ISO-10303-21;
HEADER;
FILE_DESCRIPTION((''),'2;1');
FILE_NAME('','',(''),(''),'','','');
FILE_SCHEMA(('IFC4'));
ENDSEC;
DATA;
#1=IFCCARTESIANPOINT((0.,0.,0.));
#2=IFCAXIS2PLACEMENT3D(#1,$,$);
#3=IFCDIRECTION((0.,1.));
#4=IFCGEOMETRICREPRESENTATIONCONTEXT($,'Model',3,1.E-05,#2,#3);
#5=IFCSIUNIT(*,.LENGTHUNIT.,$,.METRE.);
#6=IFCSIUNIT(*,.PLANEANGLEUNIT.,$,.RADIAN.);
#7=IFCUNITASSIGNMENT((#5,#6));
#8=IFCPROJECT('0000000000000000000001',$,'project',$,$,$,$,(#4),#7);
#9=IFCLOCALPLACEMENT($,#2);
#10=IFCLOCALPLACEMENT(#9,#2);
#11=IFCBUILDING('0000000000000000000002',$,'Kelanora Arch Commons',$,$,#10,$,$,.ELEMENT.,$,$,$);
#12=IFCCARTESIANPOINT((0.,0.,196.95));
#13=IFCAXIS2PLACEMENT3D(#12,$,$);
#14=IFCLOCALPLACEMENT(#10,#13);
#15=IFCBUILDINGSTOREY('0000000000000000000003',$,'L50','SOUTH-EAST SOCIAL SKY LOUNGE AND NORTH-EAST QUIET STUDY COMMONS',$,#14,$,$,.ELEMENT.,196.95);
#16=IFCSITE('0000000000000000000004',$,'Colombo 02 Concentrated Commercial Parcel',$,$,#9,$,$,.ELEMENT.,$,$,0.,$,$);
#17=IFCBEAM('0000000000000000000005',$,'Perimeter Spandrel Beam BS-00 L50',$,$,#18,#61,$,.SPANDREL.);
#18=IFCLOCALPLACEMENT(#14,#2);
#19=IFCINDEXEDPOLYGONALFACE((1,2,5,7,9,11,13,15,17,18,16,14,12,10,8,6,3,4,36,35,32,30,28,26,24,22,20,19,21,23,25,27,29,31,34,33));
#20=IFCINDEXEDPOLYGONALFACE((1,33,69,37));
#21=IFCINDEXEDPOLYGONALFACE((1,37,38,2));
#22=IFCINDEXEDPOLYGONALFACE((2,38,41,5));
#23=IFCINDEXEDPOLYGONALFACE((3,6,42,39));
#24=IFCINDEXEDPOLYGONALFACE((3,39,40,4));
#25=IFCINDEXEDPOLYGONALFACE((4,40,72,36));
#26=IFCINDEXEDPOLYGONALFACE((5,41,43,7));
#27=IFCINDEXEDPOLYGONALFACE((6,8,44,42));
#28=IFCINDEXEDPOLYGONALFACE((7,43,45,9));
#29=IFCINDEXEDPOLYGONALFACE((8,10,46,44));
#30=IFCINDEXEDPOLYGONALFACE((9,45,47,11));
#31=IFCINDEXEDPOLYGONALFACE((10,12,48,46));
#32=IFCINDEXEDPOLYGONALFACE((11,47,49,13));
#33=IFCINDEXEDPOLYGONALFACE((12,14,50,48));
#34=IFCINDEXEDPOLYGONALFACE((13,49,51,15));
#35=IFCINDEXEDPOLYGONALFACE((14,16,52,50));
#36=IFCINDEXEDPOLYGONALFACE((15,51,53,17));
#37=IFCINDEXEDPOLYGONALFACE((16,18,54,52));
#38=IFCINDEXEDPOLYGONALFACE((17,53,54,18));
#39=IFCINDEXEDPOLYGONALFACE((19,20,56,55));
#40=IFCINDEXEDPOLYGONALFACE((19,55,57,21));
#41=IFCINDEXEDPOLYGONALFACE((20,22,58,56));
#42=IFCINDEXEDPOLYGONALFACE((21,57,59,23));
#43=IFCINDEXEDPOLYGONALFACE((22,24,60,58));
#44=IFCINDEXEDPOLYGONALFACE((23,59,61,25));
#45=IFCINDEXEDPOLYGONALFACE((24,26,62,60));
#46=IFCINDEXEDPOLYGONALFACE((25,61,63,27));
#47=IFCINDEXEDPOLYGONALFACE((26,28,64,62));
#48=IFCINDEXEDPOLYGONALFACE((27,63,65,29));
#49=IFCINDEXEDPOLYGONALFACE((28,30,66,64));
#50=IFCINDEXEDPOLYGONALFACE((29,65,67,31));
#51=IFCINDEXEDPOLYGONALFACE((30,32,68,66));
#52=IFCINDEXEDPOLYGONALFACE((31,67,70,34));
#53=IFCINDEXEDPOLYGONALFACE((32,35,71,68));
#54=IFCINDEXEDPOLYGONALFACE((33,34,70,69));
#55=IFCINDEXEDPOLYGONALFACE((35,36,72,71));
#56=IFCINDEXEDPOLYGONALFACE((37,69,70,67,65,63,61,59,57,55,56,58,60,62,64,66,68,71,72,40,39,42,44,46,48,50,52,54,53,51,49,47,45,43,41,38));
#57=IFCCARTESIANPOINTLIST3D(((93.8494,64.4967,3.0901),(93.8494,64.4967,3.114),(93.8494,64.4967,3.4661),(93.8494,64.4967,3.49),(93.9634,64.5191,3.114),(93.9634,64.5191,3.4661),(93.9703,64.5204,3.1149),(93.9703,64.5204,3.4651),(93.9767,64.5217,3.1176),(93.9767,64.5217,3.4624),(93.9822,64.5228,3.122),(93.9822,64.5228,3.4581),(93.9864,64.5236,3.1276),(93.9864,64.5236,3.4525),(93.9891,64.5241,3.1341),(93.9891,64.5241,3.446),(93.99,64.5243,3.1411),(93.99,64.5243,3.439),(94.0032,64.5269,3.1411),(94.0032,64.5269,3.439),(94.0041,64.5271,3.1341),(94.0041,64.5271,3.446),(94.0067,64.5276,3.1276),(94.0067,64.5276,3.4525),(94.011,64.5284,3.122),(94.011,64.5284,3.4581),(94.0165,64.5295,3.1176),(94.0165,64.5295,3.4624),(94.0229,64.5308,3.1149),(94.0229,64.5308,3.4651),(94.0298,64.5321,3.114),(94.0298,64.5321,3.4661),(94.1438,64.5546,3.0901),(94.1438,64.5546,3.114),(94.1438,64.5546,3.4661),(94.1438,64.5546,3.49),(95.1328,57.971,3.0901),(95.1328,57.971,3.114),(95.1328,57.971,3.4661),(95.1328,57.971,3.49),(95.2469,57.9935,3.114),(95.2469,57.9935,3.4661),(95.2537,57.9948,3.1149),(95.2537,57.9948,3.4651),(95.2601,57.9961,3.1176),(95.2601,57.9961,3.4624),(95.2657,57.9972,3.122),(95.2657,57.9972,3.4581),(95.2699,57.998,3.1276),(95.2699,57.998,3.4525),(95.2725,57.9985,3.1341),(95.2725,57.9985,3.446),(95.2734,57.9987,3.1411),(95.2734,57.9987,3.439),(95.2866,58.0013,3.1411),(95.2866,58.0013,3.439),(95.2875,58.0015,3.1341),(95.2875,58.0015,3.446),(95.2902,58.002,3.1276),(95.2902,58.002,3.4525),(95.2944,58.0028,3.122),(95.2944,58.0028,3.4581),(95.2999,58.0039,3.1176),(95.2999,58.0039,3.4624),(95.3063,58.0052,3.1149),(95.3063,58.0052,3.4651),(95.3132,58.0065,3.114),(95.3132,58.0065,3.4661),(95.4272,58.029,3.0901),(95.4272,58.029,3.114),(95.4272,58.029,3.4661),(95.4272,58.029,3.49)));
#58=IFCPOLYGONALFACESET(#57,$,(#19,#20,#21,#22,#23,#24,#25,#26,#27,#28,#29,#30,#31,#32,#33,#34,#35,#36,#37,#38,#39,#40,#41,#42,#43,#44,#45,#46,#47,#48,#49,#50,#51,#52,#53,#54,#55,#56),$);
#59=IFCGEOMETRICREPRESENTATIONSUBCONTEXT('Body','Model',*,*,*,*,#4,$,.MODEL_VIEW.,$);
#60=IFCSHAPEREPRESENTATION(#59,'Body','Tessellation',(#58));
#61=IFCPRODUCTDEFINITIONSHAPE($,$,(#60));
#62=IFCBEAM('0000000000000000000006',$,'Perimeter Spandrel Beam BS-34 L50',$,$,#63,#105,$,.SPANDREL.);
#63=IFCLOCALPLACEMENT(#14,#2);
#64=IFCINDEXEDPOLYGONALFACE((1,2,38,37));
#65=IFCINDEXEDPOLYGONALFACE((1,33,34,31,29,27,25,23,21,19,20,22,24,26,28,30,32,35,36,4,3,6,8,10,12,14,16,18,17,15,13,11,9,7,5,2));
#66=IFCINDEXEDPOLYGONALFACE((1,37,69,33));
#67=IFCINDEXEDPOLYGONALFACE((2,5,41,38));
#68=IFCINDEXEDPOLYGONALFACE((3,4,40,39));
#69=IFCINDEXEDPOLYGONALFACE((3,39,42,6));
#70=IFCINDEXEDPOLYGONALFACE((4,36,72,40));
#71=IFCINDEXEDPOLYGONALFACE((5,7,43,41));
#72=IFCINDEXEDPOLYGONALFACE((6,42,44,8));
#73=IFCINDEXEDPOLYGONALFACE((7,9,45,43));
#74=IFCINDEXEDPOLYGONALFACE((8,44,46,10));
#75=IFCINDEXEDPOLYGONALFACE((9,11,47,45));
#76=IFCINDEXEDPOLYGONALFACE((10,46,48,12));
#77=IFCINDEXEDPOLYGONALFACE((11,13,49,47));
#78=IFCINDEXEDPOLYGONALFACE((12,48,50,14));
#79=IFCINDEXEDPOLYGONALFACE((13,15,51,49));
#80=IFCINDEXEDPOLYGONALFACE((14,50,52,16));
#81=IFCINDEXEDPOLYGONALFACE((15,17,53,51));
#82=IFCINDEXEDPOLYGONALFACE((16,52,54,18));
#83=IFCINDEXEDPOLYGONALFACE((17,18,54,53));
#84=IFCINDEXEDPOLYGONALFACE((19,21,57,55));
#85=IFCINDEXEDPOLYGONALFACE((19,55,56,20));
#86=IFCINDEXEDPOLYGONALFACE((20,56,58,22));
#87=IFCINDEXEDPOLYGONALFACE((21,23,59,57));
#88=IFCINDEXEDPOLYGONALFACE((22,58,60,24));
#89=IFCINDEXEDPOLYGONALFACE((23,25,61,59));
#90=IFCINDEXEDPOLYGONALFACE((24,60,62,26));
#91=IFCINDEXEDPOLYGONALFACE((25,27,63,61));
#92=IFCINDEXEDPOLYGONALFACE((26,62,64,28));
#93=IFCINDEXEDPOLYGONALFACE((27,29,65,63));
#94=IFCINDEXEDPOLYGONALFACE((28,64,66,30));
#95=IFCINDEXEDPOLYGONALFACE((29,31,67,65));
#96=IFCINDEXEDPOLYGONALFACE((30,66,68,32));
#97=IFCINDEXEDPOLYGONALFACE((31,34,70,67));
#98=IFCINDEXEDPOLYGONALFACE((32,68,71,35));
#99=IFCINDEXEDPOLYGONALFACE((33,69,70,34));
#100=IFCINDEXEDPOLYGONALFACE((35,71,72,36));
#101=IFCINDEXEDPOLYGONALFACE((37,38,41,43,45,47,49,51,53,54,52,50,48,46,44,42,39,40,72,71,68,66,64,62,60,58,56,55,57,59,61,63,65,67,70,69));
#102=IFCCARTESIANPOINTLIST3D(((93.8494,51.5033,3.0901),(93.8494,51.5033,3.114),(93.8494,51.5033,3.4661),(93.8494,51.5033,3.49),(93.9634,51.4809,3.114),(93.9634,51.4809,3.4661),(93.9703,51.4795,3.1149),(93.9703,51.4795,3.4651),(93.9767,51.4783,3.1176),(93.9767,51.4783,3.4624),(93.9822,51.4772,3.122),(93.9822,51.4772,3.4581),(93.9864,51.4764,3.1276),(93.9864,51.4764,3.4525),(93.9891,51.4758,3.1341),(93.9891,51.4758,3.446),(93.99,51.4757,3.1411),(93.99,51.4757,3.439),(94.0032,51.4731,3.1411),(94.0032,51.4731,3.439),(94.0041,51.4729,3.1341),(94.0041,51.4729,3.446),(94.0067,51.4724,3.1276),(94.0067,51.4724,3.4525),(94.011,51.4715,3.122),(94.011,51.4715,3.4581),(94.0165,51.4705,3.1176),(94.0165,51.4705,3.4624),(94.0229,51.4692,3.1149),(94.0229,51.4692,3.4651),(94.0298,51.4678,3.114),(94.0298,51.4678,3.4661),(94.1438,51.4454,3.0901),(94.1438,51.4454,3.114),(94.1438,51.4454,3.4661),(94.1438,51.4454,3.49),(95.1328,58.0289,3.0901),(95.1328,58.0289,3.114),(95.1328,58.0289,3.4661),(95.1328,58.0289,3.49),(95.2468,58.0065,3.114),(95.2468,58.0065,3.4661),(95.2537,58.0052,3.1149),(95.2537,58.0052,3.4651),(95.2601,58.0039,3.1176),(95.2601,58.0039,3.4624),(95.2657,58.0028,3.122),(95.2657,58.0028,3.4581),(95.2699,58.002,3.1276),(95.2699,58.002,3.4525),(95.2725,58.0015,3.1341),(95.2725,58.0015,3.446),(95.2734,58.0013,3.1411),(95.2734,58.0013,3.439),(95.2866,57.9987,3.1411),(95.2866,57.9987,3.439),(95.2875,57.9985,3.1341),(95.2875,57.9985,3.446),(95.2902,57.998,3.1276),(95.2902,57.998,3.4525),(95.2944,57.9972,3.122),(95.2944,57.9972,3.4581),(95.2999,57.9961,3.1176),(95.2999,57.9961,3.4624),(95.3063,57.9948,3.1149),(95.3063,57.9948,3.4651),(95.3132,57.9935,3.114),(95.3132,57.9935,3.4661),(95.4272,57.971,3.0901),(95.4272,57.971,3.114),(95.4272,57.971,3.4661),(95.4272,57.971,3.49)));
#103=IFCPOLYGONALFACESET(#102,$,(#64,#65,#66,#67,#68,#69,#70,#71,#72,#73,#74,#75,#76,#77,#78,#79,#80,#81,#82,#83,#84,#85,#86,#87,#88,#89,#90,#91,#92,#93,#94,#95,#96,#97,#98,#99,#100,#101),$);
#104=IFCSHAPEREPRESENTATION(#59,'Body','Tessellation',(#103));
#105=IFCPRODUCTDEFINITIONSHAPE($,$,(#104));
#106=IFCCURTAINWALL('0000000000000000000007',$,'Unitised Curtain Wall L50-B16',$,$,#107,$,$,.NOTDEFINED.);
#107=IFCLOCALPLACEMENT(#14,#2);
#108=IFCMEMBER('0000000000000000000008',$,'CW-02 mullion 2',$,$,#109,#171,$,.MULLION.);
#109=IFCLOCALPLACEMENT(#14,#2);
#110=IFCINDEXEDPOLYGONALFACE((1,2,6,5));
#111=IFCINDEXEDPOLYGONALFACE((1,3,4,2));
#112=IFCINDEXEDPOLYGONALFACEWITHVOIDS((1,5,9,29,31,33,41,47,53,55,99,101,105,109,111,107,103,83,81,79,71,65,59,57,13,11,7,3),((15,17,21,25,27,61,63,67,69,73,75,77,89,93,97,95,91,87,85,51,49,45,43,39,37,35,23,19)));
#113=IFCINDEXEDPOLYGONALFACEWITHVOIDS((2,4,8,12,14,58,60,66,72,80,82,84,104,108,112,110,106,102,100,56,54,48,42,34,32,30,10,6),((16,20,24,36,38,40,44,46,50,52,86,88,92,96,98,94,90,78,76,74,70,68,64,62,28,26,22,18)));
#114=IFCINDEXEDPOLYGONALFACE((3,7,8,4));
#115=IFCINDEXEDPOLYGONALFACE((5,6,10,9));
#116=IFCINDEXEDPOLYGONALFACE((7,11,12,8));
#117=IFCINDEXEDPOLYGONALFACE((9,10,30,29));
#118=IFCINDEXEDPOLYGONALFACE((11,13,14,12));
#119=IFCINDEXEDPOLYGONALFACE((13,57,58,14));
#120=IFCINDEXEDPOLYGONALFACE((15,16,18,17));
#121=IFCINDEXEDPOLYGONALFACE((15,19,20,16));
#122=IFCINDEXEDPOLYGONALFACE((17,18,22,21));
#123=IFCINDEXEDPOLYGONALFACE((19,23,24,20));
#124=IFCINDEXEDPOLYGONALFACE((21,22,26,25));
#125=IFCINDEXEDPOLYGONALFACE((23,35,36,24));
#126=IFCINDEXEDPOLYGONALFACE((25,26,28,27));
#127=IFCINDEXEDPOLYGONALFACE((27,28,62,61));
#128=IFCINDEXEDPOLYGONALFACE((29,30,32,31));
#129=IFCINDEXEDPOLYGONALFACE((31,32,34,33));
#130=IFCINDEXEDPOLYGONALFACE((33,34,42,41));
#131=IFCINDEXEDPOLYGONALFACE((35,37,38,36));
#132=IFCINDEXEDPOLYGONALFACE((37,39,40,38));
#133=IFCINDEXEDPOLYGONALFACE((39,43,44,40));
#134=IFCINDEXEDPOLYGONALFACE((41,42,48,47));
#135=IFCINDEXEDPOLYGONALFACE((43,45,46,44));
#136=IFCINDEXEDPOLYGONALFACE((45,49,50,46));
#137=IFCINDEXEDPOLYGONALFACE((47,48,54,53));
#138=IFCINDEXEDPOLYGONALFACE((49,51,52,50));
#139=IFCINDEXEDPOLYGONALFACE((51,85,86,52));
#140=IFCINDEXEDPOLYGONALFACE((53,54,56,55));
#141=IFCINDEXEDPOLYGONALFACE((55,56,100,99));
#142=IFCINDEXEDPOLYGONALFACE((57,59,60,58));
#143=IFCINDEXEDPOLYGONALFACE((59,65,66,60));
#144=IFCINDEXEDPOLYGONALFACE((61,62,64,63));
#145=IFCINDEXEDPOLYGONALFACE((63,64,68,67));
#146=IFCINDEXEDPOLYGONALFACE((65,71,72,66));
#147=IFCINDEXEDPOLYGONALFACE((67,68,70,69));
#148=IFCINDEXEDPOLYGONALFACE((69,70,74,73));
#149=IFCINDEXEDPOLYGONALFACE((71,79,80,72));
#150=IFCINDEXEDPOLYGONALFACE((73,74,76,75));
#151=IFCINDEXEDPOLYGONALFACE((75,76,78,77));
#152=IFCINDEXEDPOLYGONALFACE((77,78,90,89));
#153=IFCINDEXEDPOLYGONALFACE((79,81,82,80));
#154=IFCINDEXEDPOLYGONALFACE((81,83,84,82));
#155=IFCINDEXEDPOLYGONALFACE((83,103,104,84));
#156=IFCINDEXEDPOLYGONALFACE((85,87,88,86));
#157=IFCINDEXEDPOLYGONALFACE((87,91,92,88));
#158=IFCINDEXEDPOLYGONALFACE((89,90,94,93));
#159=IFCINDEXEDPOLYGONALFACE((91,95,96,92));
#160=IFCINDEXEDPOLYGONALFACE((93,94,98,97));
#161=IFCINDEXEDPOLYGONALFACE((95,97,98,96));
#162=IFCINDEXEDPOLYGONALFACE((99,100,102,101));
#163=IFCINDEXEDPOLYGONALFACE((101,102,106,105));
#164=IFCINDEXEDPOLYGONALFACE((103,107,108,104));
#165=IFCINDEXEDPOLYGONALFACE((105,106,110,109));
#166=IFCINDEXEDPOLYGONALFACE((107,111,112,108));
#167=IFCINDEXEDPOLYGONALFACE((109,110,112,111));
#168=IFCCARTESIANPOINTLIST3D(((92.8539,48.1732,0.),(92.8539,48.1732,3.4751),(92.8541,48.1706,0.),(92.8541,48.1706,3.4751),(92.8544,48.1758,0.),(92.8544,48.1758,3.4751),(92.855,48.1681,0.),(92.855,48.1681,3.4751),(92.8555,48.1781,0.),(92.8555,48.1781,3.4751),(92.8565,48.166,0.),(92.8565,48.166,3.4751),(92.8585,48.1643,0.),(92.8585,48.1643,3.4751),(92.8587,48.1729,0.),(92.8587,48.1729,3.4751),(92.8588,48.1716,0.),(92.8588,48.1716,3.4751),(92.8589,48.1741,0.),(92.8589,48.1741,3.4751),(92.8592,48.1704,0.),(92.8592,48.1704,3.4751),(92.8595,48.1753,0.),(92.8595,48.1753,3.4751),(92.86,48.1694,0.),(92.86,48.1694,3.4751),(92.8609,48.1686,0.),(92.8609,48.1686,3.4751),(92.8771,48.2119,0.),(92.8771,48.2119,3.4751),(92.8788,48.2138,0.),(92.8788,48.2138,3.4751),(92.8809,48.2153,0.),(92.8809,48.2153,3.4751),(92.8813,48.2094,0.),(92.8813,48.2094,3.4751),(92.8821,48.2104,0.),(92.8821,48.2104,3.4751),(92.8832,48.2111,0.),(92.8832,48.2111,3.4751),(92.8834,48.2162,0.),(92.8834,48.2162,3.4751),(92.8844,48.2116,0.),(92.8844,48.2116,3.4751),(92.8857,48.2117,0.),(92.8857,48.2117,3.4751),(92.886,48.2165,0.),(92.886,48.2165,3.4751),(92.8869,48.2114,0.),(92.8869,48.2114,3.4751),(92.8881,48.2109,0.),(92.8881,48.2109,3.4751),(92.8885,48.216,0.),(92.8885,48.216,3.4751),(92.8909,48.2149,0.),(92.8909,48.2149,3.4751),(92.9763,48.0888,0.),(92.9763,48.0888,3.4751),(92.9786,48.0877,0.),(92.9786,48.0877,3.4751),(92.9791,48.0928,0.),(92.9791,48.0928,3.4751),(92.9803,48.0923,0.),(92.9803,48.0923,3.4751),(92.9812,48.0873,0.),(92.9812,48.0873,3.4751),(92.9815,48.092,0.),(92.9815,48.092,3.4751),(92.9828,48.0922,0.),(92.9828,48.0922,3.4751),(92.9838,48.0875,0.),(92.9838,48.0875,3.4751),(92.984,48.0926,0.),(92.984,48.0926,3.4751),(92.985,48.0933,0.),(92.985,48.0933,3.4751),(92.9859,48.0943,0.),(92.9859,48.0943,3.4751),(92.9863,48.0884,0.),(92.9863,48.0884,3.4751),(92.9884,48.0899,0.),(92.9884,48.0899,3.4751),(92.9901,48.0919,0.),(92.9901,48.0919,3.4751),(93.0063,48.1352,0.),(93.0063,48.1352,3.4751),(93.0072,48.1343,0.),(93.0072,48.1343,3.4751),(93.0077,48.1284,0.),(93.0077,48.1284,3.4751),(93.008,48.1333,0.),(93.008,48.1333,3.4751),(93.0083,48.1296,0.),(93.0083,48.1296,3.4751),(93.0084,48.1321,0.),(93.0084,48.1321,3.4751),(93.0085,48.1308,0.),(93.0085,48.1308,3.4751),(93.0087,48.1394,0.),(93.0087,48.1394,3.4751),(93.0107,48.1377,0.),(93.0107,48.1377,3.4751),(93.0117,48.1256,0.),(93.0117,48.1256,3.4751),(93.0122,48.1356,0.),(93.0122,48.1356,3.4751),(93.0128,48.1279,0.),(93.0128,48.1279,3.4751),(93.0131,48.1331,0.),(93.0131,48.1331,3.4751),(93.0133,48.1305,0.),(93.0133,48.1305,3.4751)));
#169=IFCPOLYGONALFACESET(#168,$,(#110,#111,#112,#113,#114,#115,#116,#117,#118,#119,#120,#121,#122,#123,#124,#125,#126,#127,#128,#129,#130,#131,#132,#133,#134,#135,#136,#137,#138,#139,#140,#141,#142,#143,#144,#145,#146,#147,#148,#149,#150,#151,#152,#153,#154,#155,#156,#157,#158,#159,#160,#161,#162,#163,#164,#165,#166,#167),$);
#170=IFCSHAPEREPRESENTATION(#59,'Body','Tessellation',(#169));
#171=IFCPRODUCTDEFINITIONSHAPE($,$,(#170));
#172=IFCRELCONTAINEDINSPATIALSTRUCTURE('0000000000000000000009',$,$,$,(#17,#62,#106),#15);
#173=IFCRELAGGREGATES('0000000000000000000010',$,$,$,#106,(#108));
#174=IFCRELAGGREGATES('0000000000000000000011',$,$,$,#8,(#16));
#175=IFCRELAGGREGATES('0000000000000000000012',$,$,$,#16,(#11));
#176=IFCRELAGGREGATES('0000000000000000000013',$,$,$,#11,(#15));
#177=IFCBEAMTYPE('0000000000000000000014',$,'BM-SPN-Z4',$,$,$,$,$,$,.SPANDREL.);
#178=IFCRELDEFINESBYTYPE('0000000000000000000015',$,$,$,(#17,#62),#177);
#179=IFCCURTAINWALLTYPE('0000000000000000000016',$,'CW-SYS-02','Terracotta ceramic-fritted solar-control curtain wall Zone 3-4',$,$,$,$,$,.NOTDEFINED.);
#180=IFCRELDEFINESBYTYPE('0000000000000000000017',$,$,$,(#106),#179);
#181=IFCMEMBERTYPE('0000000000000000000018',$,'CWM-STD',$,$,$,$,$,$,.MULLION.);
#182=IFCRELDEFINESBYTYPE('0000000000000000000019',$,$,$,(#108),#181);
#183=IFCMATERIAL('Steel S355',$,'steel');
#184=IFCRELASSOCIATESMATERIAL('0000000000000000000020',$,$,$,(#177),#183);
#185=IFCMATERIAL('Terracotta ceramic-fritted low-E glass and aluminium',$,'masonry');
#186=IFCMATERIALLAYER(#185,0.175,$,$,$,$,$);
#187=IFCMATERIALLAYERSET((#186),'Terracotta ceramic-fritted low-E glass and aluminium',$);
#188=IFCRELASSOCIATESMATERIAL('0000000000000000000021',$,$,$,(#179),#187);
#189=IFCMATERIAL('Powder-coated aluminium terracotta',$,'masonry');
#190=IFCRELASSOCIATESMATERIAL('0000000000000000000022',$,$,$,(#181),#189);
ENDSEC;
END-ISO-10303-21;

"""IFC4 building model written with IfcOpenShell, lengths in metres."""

from ifc_helpers import new_model, si_unit, direction, frame, origin, origin_2d, place, context, subcontext, project, spatial, hollow_rectangle, i_section, extrude, material, layer, layer_set, material_profile, profile_set, type_object, element, aggregate, save


model = new_model("IFC4")

# Units and contexts
model_context = context("Model", 3, precision=1e-05, world=origin(), true_north=direction((0.0, 1.0)))
body_context = subcontext(model_context, "Body", "Model", "MODEL_VIEW")
ifc_project = project(units=[si_unit("LENGTHUNIT", "METRE"), si_unit("PLANEANGLEUNIT", "RADIAN")], contexts=[model_context])

# Site, building, storey
site_placement = place(None, origin())
site = spatial("IfcSite", under=ifc_project, at=site_placement, Name="Colombo 02 Concentrated Commercial Parcel", CompositionType="ELEMENT", RefElevation=0.0)
building_placement = place(site_placement, origin())
building = spatial("IfcBuilding", under=site, at=building_placement, Name="Kelanora Arch Commons", CompositionType="ELEMENT")
storey_placement = place(building_placement, frame((0.0, 0.0, 196.95)))
storey = spatial("IfcBuildingStorey", under=building, at=storey_placement, Name="L50", Description="SOUTH-EAST SOCIAL SKY LOUNGE AND NORTH-EAST QUIET STUDY COMMONS", CompositionType="ELEMENT", Elevation=196.95)

# Beams
ifc_material_1 = material(Name="Steel S355", Category="steel")
ifc_material_profile_1 = material_profile(ifc_material_1, i_section(OverallWidth=0.3, OverallDepth=0.3999, WebThickness=0.0134, FlangeThickness=0.0239, FilletRadius=0.0271, at=origin_2d()), Name="HEB400")
ifc_profile_set_1 = profile_set([ifc_material_profile_1], Name="Steel S355")
beam_type_1 = type_object("IfcBeamType", Name="BM-SPN-Z4", PredefinedType="SPANDREL", material=ifc_profile_set_1)
for number, where, z_axis, x_axis, name in (
    (1, (95.28, 58.0, 3.29), (-0.192981, 0.981203, 0.0), (-0.981203, -0.192981, 0.0), "Perimeter Spandrel Beam BS-00 L50"),
    (2, (93.9966, 51.4744, 3.29), (0.192981, 0.981203, 0.0), (-0.981203, 0.192981, 0.0), "Perimeter Spandrel Beam BS-34 L50"),
):
    element("IfcBeam", number, at=place(storey_placement, frame(where, z_axis=z_axis, x_axis=x_axis)), inside=storey, type_object=beam_type_1, Name=name, PredefinedType="SPANDREL", context=body_context, shape_type="SweptSolid", body=[
        extrude(i_section(OverallWidth=0.3, OverallDepth=0.3999, WebThickness=0.0134, FlangeThickness=0.0239, FilletRadius=0.0271, at=origin_2d()), origin(), (0.0, 0.0, 1.0), 6.6506),
    ])

# Curtain wall, member
ifc_material_2 = material(Name="Terracotta ceramic-fritted low-E glass and aluminium", Category="masonry")
ifc_layer_1 = layer(ifc_material_2, 0.175)
ifc_layer_set_1 = layer_set([ifc_layer_1], Name="Terracotta ceramic-fritted low-E glass and aluminium")
curtain_wall_type = type_object("IfcCurtainWallType", Name="CW-SYS-02", Description="Terracotta ceramic-fritted solar-control curtain wall Zone 3-4", PredefinedType="NOTDEFINED", material=ifc_layer_set_1)
curtain_wall_placement = place(storey_placement, origin())
curtain_wall = element("IfcCurtainWall", 3, at=curtain_wall_placement, inside=storey, type_object=curtain_wall_type, Name="Unitised Curtain Wall L50-B16", PredefinedType="NOTDEFINED")
ifc_material_3 = material(Name="Powder-coated aluminium terracotta", Category="masonry")
ifc_material_profile_2 = material_profile(ifc_material_3, hollow_rectangle(XDim=0.1599, YDim=0.0601, WallThickness=0.0049, InnerFilletRadius=0.0049, OuterFilletRadius=0.01, at=origin_2d()), Name="CWM160x60")
ifc_profile_set_2 = profile_set([ifc_material_profile_2], Name="Powder-coated aluminium terracotta")
member_type_1 = type_object("IfcMemberType", Name="CWM-STD", PredefinedType="MULLION", material=ifc_profile_set_2)
member_1_placement = place(storey_placement, frame((92.9336, 48.1519, 0.0), z_axis=(0.0, 0.0, 1.0), x_axis=(-0.841948, 0.539559, 0.0)))
member_1 = element("IfcMember", 4, at=member_1_placement, type_object=member_type_1, Name="CW-02 mullion 2", PredefinedType="MULLION", context=body_context, shape_type="SweptSolid", body=[
    extrude(hollow_rectangle(XDim=0.1599, YDim=0.0601, WallThickness=0.0049, InnerFilletRadius=0.0049, OuterFilletRadius=0.01, at=origin_2d()), origin(), (0.0, 0.0, 1.0), 3.4751),
])
aggregate(curtain_wall, [member_1])

save(model, "model.ifc")
